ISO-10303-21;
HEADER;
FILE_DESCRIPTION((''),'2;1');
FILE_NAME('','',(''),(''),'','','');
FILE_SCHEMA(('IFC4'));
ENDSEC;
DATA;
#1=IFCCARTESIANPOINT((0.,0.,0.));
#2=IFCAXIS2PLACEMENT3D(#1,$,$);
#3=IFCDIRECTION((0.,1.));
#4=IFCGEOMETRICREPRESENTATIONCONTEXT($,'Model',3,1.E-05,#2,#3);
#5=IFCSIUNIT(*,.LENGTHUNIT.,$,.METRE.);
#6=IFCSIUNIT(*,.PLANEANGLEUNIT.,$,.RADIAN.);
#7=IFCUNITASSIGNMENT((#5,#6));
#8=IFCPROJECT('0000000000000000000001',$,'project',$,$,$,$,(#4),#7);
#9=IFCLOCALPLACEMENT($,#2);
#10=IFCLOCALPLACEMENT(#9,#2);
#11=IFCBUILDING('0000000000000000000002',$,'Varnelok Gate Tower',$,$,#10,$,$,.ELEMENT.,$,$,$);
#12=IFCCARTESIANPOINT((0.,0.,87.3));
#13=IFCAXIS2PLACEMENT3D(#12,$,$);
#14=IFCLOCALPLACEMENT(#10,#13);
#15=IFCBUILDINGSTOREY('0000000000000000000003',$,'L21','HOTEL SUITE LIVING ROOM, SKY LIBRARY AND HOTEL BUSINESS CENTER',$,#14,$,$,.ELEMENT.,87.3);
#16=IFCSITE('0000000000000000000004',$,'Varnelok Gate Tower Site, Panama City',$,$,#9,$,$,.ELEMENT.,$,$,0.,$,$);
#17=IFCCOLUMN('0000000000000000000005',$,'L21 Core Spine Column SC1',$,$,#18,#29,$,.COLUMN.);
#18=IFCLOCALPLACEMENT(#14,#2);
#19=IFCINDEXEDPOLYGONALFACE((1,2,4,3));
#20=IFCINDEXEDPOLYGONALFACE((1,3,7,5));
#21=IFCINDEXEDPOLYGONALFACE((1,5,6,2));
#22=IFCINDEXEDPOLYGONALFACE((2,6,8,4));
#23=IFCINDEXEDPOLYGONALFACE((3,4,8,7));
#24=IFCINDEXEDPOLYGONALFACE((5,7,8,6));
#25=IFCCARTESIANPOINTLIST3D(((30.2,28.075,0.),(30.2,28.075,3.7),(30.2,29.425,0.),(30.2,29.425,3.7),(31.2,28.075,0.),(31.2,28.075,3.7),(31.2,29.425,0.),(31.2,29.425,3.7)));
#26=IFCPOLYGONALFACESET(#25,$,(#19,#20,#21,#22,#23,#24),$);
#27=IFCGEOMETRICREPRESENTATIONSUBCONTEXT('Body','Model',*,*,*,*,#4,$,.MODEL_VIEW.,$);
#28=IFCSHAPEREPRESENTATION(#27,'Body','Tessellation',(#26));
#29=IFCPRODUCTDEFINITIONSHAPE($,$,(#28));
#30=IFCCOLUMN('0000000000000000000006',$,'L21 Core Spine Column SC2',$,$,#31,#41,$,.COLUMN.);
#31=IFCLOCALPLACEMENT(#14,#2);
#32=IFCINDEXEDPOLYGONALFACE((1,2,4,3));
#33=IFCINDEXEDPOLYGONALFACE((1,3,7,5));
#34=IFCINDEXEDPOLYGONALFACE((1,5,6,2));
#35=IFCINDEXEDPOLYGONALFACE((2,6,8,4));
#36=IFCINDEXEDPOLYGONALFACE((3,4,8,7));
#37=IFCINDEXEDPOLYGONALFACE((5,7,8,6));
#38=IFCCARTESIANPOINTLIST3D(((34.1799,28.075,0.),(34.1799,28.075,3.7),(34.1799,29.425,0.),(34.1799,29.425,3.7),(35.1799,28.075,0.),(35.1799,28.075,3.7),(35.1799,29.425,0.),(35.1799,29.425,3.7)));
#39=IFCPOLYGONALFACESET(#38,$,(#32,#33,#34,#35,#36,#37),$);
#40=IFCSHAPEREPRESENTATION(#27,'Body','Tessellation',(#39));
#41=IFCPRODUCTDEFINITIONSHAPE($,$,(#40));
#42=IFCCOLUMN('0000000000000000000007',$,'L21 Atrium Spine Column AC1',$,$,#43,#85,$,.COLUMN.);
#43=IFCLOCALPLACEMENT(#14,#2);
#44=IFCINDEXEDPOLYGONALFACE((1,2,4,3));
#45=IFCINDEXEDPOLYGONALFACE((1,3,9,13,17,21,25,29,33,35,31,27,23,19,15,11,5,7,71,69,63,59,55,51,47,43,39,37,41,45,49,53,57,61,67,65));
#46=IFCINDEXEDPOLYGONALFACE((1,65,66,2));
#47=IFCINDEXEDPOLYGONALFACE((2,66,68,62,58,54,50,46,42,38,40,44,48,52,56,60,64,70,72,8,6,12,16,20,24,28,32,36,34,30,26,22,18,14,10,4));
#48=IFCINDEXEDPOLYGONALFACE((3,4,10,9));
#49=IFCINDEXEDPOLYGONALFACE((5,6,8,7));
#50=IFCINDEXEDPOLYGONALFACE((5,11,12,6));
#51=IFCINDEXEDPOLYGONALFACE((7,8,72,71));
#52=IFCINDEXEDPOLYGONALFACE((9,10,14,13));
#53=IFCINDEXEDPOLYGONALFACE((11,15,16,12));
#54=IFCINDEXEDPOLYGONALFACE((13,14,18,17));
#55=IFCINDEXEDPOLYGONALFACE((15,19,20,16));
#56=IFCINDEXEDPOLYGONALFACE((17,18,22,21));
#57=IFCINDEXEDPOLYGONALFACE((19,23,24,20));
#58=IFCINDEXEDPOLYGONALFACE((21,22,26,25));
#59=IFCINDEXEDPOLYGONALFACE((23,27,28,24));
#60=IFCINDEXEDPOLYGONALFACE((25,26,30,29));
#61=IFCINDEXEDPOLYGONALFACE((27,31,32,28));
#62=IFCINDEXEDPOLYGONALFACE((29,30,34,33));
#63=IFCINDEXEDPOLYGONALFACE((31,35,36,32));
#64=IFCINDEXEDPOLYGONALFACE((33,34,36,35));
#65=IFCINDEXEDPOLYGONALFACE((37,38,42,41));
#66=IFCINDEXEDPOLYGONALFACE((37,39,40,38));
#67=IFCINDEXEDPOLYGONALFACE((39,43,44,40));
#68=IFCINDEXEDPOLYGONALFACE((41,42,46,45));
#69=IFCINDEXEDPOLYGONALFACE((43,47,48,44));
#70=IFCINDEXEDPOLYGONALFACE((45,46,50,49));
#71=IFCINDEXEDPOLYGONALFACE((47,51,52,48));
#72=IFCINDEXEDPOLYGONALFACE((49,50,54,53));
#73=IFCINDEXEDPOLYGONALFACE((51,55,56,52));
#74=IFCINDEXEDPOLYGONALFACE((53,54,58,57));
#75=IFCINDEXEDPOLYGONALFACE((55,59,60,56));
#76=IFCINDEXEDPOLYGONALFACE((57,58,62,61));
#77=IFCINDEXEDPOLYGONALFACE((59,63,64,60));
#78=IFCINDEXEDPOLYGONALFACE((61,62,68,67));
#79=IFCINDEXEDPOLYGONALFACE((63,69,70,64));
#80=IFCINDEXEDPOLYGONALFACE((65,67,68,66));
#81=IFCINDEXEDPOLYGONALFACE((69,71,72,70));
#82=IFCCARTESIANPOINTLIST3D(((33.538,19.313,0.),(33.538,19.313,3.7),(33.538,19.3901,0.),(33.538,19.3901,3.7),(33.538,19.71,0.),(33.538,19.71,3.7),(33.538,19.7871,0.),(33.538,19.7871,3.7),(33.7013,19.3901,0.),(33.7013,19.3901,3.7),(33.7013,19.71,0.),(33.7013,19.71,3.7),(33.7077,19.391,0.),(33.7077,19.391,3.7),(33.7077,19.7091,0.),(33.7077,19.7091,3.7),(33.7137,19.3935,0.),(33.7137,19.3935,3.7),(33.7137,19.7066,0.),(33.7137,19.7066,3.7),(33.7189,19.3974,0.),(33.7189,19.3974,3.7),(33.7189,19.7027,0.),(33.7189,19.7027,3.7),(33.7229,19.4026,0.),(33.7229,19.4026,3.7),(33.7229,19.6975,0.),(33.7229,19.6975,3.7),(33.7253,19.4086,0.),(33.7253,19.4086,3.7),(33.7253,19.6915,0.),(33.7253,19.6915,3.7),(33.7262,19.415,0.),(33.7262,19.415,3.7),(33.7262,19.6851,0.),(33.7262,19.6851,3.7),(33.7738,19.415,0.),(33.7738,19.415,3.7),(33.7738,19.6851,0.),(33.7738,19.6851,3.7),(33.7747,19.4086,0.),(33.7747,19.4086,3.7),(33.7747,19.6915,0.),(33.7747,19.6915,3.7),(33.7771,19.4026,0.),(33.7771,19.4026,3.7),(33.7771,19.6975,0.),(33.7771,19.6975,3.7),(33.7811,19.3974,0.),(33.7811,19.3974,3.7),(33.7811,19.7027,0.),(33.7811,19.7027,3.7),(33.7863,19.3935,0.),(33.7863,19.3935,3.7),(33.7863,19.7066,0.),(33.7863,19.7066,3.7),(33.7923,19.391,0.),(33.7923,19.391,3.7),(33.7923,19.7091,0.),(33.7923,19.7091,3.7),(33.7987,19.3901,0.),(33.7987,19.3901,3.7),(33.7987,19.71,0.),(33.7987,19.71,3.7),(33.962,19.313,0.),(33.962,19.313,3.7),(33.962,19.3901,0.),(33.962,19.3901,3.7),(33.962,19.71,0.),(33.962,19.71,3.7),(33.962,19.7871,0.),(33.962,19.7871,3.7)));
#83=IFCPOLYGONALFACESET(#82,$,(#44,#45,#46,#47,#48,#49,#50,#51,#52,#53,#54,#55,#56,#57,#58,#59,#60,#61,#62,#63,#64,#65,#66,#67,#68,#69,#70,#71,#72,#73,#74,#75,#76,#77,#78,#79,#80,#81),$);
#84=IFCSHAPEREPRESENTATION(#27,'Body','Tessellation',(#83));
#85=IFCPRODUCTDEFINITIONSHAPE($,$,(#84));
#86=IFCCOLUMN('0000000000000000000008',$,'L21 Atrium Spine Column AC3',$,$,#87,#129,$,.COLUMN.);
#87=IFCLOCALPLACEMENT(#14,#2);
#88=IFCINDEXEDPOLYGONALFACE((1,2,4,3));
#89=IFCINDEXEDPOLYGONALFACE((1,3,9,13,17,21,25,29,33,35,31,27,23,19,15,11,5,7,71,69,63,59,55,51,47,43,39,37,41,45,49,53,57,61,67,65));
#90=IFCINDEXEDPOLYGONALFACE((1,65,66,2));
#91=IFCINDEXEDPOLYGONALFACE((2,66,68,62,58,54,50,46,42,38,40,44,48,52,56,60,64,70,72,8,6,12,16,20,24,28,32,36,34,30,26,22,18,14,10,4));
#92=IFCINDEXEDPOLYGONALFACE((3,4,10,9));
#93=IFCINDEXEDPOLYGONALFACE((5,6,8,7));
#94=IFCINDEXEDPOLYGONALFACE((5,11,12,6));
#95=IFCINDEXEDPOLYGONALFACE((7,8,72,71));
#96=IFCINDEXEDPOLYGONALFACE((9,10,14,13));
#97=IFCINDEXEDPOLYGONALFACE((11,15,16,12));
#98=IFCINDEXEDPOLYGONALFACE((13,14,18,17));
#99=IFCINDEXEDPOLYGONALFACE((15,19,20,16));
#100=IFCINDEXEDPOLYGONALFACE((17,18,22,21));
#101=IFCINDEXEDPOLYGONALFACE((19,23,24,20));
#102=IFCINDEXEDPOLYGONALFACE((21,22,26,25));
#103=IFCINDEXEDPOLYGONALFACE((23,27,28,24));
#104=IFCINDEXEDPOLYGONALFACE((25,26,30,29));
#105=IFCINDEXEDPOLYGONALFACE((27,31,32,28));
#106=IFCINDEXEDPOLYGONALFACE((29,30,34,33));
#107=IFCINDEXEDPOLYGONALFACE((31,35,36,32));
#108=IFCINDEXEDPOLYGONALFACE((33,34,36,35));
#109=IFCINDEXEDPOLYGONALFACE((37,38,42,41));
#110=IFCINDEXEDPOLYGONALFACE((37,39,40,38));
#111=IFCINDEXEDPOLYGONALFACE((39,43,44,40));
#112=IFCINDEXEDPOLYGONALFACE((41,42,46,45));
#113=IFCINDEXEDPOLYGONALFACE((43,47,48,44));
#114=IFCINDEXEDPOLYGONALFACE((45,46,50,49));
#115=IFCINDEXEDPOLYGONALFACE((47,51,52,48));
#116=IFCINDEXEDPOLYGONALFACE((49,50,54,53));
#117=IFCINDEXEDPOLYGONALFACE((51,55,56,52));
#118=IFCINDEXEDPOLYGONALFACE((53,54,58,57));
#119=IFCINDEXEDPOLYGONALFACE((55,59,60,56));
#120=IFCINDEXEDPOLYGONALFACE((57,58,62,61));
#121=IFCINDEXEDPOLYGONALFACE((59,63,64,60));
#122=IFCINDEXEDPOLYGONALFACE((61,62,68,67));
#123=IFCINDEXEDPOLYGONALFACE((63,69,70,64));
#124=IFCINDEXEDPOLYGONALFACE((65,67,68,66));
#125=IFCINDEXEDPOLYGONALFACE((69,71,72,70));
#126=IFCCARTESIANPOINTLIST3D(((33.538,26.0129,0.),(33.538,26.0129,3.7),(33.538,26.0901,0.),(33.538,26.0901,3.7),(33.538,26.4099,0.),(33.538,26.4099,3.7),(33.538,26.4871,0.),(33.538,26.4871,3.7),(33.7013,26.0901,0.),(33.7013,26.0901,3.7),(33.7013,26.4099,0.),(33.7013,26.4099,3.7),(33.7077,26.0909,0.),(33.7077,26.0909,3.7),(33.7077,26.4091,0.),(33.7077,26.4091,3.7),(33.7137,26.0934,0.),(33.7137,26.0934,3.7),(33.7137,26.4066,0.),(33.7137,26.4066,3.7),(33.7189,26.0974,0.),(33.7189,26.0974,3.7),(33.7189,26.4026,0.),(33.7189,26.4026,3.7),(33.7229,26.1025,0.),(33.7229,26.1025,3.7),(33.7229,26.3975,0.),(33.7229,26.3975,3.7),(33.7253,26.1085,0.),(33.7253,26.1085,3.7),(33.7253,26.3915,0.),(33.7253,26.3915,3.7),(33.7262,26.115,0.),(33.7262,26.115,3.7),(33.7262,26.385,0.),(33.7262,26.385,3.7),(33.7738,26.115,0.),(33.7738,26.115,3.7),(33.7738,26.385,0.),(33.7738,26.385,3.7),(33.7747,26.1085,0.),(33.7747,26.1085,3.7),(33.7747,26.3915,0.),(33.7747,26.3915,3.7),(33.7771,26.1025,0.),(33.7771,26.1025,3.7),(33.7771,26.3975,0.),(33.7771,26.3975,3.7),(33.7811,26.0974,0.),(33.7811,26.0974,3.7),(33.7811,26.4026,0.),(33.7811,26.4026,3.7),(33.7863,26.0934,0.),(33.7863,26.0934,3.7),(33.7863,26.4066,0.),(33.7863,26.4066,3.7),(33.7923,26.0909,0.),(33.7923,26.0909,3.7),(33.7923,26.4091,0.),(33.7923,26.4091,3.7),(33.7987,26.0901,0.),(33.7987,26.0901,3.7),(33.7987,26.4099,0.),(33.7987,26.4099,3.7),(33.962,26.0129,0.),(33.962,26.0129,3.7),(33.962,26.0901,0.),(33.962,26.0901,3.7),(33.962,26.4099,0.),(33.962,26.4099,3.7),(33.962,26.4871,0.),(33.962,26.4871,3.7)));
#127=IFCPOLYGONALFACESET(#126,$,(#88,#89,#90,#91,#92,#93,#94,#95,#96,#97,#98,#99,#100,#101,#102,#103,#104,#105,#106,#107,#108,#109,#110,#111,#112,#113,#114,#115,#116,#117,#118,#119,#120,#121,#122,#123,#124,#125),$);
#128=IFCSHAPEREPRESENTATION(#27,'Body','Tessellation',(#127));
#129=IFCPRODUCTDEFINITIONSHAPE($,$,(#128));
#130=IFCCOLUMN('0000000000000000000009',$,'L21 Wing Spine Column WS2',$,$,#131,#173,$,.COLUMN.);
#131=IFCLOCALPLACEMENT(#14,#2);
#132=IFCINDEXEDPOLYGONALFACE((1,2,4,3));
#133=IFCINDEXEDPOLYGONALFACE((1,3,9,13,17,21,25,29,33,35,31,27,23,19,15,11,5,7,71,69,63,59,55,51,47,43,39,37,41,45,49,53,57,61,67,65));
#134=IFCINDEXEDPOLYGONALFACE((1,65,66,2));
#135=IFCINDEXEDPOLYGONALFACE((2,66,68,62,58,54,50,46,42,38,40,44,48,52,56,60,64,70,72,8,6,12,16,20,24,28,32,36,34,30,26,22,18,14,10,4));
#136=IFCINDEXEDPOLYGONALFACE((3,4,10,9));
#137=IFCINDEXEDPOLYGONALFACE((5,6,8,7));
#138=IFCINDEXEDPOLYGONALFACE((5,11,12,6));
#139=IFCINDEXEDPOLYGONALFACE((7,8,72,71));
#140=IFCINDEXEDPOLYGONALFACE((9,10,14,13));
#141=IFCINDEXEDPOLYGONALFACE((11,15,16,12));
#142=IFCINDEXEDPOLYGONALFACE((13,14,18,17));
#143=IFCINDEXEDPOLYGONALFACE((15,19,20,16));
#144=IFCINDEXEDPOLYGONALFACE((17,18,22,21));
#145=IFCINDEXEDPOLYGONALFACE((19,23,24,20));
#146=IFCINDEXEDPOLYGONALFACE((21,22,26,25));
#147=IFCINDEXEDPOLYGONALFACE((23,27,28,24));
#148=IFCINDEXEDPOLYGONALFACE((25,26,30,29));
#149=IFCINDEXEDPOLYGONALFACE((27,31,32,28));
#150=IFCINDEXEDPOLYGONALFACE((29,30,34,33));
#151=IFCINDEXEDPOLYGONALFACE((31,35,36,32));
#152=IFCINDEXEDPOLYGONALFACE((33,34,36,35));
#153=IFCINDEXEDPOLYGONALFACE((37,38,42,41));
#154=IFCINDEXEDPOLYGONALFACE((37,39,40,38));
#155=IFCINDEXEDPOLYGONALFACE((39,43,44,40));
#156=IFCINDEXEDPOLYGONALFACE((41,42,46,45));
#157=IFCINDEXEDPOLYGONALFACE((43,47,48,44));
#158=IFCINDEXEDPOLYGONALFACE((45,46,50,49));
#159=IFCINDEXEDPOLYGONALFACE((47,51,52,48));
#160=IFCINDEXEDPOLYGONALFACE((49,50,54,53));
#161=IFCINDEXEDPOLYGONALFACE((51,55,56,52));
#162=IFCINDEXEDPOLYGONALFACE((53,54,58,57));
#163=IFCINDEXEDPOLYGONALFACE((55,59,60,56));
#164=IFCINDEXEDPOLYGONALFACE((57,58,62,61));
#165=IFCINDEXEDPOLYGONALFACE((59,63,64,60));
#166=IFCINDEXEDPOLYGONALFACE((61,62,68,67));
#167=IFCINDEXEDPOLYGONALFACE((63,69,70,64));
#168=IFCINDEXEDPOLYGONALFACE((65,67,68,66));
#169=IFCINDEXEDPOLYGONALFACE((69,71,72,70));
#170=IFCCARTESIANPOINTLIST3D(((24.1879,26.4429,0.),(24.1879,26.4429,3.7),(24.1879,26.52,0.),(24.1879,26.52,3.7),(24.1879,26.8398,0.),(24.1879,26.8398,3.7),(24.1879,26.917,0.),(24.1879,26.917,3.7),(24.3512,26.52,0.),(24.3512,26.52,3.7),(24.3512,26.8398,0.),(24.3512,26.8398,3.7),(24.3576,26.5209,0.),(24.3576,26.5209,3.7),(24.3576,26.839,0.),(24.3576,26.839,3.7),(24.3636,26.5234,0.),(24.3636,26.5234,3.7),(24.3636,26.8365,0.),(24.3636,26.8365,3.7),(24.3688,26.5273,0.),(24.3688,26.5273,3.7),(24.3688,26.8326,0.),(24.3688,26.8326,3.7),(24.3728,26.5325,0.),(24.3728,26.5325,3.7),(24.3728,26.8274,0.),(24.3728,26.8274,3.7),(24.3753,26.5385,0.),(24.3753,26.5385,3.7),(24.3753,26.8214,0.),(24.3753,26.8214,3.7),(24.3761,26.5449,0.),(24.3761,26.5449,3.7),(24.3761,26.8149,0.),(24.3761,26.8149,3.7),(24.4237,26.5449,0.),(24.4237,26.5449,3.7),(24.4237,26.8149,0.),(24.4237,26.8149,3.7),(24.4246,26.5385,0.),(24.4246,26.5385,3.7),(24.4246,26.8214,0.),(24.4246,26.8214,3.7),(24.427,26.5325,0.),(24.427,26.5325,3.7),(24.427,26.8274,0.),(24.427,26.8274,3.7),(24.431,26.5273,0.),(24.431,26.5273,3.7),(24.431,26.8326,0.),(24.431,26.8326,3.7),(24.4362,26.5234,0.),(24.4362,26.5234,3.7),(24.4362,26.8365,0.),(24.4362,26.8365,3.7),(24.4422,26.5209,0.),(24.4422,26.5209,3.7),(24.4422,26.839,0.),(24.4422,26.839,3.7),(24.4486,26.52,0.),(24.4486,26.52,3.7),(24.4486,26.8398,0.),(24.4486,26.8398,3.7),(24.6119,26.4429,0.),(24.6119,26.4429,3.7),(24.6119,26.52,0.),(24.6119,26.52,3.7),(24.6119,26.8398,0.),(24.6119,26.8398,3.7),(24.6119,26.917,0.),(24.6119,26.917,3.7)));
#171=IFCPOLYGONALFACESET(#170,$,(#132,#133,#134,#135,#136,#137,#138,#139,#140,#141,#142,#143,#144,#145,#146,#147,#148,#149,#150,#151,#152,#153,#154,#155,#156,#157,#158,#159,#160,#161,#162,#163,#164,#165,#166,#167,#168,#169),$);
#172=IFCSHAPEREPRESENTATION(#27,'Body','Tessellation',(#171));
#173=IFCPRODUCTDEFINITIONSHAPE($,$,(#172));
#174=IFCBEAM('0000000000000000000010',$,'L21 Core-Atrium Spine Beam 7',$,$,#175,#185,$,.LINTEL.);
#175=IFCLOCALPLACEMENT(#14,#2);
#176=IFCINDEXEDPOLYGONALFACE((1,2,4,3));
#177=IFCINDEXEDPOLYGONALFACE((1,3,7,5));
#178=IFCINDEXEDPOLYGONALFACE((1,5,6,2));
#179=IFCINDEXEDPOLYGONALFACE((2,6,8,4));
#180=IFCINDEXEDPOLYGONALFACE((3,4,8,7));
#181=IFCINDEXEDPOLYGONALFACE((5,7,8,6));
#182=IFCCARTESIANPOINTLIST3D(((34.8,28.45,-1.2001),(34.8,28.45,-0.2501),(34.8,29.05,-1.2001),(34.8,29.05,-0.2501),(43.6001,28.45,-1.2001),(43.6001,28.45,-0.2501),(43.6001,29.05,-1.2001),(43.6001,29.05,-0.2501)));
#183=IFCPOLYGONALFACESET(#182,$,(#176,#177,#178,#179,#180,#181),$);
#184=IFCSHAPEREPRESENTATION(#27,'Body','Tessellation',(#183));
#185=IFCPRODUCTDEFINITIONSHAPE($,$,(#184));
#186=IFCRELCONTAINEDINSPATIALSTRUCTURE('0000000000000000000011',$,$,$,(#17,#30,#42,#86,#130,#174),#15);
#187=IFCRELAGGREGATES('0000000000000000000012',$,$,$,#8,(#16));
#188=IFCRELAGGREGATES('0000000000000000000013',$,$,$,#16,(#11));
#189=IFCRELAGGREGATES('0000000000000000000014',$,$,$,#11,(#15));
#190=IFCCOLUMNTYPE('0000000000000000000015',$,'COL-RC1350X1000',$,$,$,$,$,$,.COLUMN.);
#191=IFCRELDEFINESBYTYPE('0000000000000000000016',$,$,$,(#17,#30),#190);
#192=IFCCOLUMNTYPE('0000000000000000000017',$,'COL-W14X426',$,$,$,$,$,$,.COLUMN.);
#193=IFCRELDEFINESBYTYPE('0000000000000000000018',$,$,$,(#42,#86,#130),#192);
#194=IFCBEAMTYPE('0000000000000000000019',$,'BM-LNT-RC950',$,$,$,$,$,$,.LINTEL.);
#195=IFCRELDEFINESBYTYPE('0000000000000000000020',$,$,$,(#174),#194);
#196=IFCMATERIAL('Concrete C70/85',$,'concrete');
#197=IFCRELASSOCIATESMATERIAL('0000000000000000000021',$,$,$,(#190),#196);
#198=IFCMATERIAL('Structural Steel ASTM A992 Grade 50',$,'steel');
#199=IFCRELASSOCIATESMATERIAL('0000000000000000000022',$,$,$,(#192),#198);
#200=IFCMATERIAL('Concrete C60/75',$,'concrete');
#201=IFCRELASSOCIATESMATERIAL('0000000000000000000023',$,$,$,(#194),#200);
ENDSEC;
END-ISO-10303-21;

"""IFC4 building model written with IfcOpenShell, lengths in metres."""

from ifc_helpers import new_model, si_unit, direction, frame, origin, origin_2d, place, context, subcontext, project, spatial, rectangle, i_section, extrude, material, material_profile, profile_set, type_object, element, save


model = new_model("IFC4")

# Units and contexts
model_context = context("Model", 3, precision=1e-05, world=origin(), true_north=direction((0.0, 1.0)))
body_context = subcontext(model_context, "Body", "Model", "MODEL_VIEW")
ifc_project = project(units=[si_unit("LENGTHUNIT", "METRE"), si_unit("PLANEANGLEUNIT", "RADIAN")], contexts=[model_context])

# Site, building, storey
site_placement = place(None, origin())
site = spatial("IfcSite", under=ifc_project, at=site_placement, Name="Varnelok Gate Tower Site, Panama City", CompositionType="ELEMENT", RefElevation=0.0)
building_placement = place(site_placement, origin())
building = spatial("IfcBuilding", under=site, at=building_placement, Name="Varnelok Gate Tower", CompositionType="ELEMENT")
storey_placement = place(building_placement, frame((0.0, 0.0, 87.3)))
storey = spatial("IfcBuildingStorey", under=building, at=storey_placement, Name="L21", Description="HOTEL SUITE LIVING ROOM, SKY LIBRARY AND HOTEL BUSINESS CENTER", CompositionType="ELEMENT", Elevation=87.3)

# Columns
ifc_material_1 = material(Name="Concrete C70/85", Category="concrete")
ifc_material_profile_1 = material_profile(ifc_material_1, rectangle(XDim=1.0, YDim=1.3501, at=origin_2d()), Name="RC1350X1000")
ifc_profile_set_1 = profile_set([ifc_material_profile_1], Name="Concrete C70/85")
column_type_1 = type_object("IfcColumnType", Name="COL-RC1350X1000", PredefinedType="COLUMN", material=ifc_profile_set_1)
for number, where, z_axis, x_axis, name in (
    (1, (30.7, 28.75, 0.0), (0.0, 0.0, 1.0), (1.0, 0.0, 0.0), "L21 Core Spine Column SC1"),
    (2, (34.6799, 28.75, 0.0), (0.0, 0.0, 1.0), (1.0, 0.0, 0.0), "L21 Core Spine Column SC2"),
):
    element("IfcColumn", number, at=place(storey_placement, frame(where, z_axis=z_axis, x_axis=x_axis)), inside=storey, type_object=column_type_1, Name=name, PredefinedType="COLUMN", context=body_context, shape_type="SweptSolid", body=[
        extrude(rectangle(XDim=1.0, YDim=1.3501, at=origin_2d()), origin(), (0.0, 0.0, 1.0), 3.7),
    ])
ifc_material_2 = material(Name="Structural Steel ASTM A992 Grade 50", Category="steel")
ifc_material_profile_2 = material_profile(ifc_material_2, i_section(OverallWidth=0.4241, OverallDepth=0.4741, WebThickness=0.0476, FlangeThickness=0.0771, FilletRadius=0.0249, at=origin_2d()), Name="W14X426")
ifc_profile_set_2 = profile_set([ifc_material_profile_2], Name="Structural Steel ASTM A992 Grade 50")
column_type_2 = type_object("IfcColumnType", Name="COL-W14X426", PredefinedType="COLUMN", material=ifc_profile_set_2)
for number, where, z_axis, x_axis, name in (
    (3, (33.75, 19.55, 0.0), (0.0, 0.0, 1.0), (1.0, 0.0, 0.0), "L21 Atrium Spine Column AC1"),
    (4, (33.75, 26.25, 0.0), (0.0, 0.0, 1.0), (1.0, 0.0, 0.0), "L21 Atrium Spine Column AC3"),
    (5, (24.3999, 26.6799, 0.0), (0.0, 0.0, 1.0), (1.0, 0.0, 0.0), "L21 Wing Spine Column WS2"),
):
    element("IfcColumn", number, at=place(storey_placement, frame(where, z_axis=z_axis, x_axis=x_axis)), inside=storey, type_object=column_type_2, Name=name, PredefinedType="COLUMN", context=body_context, shape_type="SweptSolid", body=[
        extrude(i_section(OverallWidth=0.4241, OverallDepth=0.4741, WebThickness=0.0476, FlangeThickness=0.0771, FilletRadius=0.0249, at=origin_2d()), origin(), (0.0, 0.0, 1.0), 3.7),
    ])

# Beam
ifc_material_3 = material(Name="Concrete C60/75", Category="concrete")
ifc_material_profile_3 = material_profile(ifc_material_3, rectangle(XDim=0.6001, YDim=0.95, at=origin_2d()), Name="RC950X600")
ifc_profile_set_3 = profile_set([ifc_material_profile_3], Name="Concrete C60/75")
beam_type_1 = type_object("IfcBeamType", Name="BM-LNT-RC950", PredefinedType="LINTEL", material=ifc_profile_set_3)
beam_1_placement = place(storey_placement, frame((34.8, 28.75, -0.7251), z_axis=(1.0, 0.0, 0.0), x_axis=(0.0, 1.0, 0.0)))
element("IfcBeam", 6, at=beam_1_placement, inside=storey, type_object=beam_type_1, Name="L21 Core-Atrium Spine Beam 7", PredefinedType="LINTEL", context=body_context, shape_type="SweptSolid", body=[
    extrude(rectangle(XDim=0.6001, YDim=0.95, at=origin_2d()), origin(), (0.0, 0.0, 1.0), 8.8),
])

save(model, "model.ifc")
